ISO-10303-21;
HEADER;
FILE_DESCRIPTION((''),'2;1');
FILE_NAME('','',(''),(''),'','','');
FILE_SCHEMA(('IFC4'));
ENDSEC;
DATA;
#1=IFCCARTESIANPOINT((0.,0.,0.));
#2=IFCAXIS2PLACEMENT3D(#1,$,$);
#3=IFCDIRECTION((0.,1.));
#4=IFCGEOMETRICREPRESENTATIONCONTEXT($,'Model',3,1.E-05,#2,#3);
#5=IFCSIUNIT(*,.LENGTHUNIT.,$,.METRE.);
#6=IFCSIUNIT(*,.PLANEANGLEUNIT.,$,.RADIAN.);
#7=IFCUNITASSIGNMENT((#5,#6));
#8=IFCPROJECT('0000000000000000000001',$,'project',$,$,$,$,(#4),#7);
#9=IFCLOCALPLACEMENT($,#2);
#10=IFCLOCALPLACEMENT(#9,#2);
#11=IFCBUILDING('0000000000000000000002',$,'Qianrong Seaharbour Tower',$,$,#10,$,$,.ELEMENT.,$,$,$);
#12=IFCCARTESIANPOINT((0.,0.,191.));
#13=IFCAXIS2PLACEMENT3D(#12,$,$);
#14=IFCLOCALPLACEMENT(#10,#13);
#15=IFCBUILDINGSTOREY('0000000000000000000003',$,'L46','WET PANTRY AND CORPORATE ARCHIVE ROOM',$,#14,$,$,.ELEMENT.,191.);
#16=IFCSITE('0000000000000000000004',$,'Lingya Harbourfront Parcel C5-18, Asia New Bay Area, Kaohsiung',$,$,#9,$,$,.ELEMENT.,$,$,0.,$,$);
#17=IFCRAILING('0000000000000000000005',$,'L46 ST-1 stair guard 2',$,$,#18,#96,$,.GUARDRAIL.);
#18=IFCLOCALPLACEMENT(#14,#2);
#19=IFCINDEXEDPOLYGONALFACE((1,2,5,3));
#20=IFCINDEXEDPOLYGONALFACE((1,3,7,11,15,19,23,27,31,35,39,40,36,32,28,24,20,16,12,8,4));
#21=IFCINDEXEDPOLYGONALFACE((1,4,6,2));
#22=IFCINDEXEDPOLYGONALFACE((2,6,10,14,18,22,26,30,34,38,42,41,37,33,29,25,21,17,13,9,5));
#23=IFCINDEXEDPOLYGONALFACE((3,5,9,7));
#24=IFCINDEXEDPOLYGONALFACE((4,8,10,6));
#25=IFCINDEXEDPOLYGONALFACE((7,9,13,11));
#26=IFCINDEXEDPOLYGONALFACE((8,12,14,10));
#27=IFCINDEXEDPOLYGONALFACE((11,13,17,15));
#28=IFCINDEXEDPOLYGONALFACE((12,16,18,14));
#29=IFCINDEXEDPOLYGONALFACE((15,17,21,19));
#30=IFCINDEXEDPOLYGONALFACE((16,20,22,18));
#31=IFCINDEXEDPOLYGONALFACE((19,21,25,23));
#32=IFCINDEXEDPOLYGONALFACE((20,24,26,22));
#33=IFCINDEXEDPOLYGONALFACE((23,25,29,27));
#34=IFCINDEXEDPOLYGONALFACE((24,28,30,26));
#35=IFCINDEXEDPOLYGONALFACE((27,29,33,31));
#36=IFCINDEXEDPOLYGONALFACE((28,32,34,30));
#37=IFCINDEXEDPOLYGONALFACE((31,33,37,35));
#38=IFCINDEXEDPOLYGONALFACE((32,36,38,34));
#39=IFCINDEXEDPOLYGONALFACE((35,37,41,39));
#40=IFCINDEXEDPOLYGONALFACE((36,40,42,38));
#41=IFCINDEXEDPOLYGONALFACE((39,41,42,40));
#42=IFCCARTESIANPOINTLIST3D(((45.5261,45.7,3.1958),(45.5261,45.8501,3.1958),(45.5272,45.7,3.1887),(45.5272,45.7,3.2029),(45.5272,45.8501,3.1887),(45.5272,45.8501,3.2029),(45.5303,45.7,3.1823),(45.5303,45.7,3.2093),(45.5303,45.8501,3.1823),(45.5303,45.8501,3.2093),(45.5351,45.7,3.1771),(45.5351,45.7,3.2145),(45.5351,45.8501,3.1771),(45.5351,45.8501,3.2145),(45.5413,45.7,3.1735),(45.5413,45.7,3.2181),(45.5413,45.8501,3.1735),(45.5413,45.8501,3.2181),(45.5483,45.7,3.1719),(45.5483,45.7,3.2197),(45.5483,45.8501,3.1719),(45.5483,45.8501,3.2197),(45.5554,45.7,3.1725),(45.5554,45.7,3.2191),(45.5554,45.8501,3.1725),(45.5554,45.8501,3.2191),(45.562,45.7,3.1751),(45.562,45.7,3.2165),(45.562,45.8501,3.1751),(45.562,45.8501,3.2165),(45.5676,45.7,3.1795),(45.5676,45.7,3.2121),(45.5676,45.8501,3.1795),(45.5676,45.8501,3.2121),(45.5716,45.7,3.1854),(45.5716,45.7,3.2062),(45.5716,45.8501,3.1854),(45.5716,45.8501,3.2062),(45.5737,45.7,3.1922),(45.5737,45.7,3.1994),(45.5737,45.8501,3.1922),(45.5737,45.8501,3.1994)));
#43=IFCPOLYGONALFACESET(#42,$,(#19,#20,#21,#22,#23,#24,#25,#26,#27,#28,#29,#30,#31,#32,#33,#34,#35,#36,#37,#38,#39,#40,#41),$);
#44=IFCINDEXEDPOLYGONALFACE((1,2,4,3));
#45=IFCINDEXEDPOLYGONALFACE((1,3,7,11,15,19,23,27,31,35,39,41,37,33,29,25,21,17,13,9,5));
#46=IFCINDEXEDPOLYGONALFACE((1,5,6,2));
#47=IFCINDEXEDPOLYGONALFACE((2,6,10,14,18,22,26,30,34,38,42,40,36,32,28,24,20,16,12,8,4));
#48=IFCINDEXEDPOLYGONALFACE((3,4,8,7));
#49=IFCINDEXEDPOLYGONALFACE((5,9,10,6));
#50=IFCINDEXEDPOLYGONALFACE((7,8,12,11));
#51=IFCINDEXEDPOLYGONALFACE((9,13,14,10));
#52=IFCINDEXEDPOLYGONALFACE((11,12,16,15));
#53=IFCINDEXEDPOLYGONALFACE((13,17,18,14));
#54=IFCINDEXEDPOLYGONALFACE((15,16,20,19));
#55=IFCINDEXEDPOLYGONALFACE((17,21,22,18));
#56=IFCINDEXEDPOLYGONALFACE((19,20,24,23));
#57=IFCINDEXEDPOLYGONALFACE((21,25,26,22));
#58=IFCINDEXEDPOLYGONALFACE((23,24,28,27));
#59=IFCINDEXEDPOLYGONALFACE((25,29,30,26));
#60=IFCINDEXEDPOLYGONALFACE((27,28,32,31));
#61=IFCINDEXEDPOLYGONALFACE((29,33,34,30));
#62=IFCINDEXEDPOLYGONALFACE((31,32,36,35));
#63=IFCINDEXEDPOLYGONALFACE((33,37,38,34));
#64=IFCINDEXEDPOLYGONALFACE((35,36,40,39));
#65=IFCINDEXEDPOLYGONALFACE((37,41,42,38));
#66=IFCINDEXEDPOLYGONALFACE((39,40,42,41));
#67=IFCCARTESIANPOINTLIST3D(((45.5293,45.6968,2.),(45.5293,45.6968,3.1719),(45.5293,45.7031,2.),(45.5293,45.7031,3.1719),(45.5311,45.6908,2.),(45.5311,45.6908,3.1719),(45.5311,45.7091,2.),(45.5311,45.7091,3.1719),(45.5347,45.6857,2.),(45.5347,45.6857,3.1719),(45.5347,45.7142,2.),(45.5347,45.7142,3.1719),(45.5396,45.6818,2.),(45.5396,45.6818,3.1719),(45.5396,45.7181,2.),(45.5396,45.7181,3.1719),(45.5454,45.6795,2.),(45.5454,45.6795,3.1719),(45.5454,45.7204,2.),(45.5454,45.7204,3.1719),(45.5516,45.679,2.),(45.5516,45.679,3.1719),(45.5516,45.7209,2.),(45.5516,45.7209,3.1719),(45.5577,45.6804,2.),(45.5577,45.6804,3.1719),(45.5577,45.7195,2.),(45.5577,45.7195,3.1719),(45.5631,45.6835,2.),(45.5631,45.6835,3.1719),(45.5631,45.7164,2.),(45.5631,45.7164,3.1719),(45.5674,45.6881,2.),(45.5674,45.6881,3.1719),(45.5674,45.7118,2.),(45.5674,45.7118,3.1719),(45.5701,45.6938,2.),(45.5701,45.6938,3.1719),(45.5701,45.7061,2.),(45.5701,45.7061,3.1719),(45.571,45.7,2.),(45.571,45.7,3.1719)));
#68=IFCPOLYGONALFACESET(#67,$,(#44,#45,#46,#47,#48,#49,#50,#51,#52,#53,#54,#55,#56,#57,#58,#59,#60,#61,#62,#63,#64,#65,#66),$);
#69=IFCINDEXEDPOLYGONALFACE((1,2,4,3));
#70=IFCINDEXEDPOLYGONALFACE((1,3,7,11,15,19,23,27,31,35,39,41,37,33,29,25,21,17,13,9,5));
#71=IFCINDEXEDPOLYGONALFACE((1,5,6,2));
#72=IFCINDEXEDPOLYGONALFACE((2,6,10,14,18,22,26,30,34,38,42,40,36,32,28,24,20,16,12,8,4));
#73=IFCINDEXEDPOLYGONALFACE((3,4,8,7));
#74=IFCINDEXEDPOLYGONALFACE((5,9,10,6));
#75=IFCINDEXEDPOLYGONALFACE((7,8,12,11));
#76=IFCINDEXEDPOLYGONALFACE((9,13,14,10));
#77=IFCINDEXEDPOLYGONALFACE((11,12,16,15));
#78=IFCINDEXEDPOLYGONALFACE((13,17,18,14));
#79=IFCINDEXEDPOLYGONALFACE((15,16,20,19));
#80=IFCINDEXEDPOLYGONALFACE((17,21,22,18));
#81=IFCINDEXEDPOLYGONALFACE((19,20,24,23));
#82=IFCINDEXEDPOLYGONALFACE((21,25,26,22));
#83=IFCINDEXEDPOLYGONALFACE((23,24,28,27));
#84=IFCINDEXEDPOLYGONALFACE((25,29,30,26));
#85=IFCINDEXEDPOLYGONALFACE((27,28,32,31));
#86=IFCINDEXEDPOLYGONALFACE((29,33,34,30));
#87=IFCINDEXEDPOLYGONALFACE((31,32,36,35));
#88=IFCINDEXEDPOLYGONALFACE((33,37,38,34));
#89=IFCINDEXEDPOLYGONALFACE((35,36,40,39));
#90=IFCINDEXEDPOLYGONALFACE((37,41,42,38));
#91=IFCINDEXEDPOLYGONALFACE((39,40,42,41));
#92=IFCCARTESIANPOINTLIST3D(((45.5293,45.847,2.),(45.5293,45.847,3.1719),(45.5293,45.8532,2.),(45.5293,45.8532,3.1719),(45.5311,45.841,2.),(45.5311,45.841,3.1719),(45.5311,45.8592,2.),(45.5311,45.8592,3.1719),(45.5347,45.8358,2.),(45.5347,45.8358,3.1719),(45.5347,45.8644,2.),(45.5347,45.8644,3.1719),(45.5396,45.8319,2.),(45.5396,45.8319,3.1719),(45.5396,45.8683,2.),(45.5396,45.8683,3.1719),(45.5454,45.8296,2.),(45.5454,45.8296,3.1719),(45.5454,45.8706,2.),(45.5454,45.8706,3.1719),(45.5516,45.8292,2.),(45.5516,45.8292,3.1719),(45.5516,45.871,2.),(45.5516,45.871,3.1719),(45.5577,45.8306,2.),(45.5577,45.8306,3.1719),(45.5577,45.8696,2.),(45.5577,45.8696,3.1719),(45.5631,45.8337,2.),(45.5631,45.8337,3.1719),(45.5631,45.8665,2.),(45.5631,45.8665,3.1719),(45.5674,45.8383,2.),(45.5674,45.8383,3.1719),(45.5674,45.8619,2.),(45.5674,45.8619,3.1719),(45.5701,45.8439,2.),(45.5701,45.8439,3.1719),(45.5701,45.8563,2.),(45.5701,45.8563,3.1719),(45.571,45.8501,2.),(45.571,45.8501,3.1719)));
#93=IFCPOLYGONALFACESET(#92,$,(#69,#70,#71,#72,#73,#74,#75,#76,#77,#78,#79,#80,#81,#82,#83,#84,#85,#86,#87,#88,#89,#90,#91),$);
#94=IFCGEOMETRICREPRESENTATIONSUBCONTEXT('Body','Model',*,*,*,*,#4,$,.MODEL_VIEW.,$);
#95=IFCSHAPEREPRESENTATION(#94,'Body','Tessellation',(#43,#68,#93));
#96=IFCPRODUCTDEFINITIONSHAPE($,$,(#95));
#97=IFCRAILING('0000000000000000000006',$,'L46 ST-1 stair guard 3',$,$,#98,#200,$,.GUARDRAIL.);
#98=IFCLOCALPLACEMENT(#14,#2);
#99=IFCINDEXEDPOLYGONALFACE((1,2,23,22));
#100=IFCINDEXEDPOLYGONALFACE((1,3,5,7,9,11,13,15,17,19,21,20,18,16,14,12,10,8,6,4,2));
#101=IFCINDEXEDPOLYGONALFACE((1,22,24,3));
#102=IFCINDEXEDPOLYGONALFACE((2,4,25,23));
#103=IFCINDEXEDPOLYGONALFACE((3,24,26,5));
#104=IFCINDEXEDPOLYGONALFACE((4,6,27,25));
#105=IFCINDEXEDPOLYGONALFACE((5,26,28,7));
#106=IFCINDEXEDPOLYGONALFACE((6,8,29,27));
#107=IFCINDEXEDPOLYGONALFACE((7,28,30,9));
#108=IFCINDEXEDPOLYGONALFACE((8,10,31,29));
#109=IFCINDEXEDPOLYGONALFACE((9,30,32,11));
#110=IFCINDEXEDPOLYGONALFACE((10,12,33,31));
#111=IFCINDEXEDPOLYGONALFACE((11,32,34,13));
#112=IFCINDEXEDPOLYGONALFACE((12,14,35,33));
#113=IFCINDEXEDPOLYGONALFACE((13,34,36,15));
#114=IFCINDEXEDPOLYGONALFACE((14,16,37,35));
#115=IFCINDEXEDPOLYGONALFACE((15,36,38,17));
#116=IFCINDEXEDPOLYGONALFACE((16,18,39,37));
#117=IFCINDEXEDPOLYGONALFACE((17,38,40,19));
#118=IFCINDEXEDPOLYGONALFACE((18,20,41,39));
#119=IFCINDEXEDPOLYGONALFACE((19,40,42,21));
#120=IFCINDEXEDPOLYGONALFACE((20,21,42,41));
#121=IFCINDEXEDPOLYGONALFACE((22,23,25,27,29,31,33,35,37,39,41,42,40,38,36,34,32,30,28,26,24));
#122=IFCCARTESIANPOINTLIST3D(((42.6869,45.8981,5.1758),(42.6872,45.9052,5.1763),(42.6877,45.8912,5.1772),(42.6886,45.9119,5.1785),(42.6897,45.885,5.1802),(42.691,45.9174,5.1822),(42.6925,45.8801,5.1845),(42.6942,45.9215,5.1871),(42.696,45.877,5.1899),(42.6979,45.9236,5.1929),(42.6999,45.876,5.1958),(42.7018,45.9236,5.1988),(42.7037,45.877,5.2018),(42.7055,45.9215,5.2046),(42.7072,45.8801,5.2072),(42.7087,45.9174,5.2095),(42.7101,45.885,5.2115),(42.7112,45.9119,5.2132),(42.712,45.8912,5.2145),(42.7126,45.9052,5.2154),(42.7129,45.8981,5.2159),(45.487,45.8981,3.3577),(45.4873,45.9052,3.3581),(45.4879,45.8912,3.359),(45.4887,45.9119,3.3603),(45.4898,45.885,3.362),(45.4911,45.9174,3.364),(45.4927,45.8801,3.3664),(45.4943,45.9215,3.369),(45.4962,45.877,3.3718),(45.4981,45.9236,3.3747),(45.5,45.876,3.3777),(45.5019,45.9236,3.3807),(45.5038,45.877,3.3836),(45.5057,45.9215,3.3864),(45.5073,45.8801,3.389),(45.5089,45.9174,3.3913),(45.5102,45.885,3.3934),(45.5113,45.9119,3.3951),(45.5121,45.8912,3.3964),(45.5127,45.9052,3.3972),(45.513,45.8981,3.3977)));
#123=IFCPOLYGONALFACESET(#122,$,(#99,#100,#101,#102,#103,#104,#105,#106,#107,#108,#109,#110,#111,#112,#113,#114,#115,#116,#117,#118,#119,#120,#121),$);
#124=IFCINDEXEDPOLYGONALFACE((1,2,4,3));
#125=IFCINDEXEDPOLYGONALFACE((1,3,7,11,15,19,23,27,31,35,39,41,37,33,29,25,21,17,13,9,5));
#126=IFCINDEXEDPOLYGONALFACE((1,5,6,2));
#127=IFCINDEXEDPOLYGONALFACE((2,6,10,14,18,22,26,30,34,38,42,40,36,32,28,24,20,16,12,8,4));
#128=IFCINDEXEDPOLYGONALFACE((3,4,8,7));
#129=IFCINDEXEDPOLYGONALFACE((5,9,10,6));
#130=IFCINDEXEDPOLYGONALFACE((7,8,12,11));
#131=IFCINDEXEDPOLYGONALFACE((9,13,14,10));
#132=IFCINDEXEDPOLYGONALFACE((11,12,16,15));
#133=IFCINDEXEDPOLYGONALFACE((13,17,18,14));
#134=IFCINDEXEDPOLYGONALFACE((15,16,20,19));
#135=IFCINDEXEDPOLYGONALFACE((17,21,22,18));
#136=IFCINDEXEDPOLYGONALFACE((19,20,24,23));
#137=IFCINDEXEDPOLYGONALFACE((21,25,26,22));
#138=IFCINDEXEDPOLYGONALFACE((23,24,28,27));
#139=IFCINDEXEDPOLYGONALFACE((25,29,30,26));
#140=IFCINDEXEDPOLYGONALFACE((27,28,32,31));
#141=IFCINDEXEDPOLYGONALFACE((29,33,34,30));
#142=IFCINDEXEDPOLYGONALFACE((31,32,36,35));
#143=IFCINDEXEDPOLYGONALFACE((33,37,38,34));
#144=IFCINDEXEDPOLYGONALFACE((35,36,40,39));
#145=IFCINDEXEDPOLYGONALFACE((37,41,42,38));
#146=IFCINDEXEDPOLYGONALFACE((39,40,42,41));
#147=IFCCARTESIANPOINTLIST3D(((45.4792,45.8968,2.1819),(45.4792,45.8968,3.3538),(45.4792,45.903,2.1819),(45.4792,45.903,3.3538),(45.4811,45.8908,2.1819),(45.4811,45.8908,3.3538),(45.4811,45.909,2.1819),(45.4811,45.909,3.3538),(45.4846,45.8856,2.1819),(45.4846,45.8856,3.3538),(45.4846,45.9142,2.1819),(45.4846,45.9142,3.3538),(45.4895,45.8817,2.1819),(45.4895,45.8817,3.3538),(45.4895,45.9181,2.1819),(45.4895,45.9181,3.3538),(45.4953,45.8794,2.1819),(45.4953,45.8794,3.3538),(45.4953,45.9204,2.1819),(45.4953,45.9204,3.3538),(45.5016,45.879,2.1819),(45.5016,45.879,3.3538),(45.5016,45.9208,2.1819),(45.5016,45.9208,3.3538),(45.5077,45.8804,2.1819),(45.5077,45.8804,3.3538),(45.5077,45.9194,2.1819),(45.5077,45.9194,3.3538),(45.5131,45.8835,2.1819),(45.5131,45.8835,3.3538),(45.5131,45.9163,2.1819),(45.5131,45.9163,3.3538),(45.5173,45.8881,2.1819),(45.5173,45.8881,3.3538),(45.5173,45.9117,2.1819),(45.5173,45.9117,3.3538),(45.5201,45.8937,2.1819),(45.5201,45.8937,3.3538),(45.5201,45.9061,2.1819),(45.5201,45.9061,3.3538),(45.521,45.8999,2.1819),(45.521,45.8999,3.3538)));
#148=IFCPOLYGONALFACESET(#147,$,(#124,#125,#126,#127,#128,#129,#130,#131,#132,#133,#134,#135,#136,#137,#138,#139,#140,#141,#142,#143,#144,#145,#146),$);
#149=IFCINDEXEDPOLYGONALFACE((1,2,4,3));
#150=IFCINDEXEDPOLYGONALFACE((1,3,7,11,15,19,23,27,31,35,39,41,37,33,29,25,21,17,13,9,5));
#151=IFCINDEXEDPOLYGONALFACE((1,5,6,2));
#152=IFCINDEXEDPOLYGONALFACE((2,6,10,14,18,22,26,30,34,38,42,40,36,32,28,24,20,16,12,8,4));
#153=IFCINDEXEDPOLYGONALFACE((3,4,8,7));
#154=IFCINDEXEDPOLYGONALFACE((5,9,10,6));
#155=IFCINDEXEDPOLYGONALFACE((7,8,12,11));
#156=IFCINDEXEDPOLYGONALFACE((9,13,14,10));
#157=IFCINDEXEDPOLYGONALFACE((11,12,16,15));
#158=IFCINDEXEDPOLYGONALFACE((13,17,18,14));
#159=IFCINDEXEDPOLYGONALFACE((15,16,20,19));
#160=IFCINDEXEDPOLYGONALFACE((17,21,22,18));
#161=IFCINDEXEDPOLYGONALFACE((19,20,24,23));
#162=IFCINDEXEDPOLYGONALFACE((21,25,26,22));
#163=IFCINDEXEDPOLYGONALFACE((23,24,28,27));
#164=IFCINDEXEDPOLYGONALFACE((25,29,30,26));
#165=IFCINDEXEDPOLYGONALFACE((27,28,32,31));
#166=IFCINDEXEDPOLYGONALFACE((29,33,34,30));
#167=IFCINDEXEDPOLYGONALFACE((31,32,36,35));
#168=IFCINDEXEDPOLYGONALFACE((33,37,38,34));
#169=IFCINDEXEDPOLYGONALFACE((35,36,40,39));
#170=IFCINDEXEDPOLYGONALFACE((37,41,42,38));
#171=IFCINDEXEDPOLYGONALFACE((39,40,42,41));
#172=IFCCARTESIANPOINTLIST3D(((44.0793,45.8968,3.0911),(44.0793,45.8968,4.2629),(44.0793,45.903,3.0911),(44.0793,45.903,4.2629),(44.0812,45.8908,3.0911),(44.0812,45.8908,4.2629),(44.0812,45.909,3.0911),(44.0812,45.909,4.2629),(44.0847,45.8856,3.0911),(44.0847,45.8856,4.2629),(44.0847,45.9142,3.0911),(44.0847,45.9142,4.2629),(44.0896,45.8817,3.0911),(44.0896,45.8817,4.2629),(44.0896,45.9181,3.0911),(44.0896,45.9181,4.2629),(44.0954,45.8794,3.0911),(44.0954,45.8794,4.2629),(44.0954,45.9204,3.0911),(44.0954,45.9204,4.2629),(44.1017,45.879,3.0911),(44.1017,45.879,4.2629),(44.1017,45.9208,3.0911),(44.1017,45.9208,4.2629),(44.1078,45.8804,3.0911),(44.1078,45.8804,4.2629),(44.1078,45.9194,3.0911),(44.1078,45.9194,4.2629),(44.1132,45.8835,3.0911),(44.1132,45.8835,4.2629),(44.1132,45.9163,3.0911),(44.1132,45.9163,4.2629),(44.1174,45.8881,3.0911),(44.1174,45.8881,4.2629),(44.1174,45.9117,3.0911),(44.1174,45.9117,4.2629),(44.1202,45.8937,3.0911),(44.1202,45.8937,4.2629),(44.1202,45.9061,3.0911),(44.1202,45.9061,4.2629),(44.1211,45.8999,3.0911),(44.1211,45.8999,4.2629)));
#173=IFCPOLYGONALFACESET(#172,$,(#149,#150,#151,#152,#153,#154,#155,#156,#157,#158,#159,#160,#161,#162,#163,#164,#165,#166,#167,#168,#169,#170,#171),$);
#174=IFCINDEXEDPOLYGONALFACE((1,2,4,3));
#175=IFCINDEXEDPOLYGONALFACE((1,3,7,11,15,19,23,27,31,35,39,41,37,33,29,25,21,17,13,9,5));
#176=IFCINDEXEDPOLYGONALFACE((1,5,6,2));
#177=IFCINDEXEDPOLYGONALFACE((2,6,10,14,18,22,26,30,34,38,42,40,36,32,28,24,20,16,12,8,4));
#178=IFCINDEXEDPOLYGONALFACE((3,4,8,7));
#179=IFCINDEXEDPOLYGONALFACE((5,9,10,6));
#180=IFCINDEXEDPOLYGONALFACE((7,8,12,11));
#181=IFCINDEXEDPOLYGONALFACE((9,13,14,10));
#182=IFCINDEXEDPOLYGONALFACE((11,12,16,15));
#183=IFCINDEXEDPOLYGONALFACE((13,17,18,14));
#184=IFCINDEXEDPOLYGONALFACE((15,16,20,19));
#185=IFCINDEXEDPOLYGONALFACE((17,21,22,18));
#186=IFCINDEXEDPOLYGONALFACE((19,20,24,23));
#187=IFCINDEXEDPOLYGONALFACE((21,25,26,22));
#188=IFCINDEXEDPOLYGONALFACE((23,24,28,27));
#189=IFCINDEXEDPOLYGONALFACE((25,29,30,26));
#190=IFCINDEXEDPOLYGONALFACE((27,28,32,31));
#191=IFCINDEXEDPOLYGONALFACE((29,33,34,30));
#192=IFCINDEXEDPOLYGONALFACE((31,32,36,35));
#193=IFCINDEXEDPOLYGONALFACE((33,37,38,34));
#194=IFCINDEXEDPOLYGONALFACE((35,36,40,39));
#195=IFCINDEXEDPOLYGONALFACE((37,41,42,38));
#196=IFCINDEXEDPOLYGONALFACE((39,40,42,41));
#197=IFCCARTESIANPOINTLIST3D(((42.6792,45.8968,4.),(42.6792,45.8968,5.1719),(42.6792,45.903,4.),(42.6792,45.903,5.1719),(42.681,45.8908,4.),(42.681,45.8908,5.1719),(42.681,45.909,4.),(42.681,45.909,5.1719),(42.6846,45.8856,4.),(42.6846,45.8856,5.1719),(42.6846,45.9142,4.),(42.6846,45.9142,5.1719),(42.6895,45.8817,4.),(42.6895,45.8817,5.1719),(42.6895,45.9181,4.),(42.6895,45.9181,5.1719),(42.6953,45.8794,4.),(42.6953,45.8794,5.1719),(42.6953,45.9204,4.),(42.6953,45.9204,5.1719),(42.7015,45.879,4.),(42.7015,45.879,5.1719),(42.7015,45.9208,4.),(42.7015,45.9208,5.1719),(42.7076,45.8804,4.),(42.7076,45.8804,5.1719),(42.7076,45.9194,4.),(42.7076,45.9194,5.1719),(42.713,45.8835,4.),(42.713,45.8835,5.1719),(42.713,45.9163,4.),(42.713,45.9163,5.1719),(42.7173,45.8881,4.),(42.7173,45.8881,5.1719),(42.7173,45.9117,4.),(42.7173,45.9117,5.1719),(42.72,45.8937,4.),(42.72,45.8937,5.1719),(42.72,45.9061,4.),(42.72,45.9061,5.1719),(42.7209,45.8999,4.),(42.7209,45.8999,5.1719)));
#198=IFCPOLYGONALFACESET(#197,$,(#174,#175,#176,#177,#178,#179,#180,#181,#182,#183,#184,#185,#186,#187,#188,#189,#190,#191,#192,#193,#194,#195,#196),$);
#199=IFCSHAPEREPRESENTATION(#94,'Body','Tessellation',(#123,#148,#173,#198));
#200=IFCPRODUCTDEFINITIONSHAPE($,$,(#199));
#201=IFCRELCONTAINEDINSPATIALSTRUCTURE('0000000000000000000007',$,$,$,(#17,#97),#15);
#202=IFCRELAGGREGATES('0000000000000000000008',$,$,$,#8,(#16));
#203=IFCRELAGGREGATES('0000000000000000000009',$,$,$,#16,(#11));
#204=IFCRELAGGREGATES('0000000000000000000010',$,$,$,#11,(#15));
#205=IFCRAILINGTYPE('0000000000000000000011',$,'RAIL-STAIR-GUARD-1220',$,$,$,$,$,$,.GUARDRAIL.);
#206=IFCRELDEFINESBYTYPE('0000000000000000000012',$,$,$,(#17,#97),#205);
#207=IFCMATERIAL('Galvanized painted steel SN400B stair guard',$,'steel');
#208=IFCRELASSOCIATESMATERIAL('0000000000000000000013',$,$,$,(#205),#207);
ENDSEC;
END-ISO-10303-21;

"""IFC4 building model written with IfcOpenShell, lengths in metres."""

from ifc_helpers import new_model, si_unit, direction, frame, origin, origin_2d, place, context, subcontext, project, spatial, circle, extrude, material, type_object, element, save


model = new_model("IFC4")

# Units and contexts
model_context = context("Model", 3, precision=1e-05, world=origin(), true_north=direction((0.0, 1.0)))
body_context = subcontext(model_context, "Body", "Model", "MODEL_VIEW")
ifc_project = project(units=[si_unit("LENGTHUNIT", "METRE"), si_unit("PLANEANGLEUNIT", "RADIAN")], contexts=[model_context])

# Site, building, storey
site_placement = place(None, origin())
site = spatial("IfcSite", under=ifc_project, at=site_placement, Name="Lingya Harbourfront Parcel C5-18, Asia New Bay Area, Kaohsiung", CompositionType="ELEMENT", RefElevation=0.0)
building_placement = place(site_placement, origin())
building = spatial("IfcBuilding", under=site, at=building_placement, Name="Qianrong Seaharbour Tower", CompositionType="ELEMENT")
storey_placement = place(building_placement, frame((0.0, 0.0, 191.0)))
storey = spatial("IfcBuildingStorey", under=building, at=storey_placement, Name="L46", Description="WET PANTRY AND CORPORATE ARCHIVE ROOM", CompositionType="ELEMENT", Elevation=191.0)

# Railings
ifc_material_1 = material(Name="Galvanized painted steel SN400B stair guard", Category="steel")
railing_type_1 = type_object("IfcRailingType", Name="RAIL-STAIR-GUARD-1220", PredefinedType="GUARDRAIL", material=ifc_material_1)
railing_1_placement = place(storey_placement, frame((45.55, 45.7, 2.0)))
element("IfcRailing", 1, at=railing_1_placement, inside=storey, type_object=railing_type_1, Name="L46 ST-1 stair guard 2", PredefinedType="GUARDRAIL", context=body_context, shape_type="SweptSolid", body=[
    extrude(circle(Radius=0.0239, at=origin_2d()), frame((0.0, 0.0, 1.1958), z_axis=(0.0, 1.0, 0.0), x_axis=(-1.0, 0.0, 0.0)), (0.0, 0.0, 1.0), 0.1501),
    extrude(circle(Radius=0.021, at=origin_2d()), origin(), (0.0, 0.0, 1.0), 1.1719),
    extrude(circle(Radius=0.021, at=origin_2d()), frame((0.0, 0.1501, 0.0)), (0.0, 0.0, 1.0), 1.1719),
])
railing_2_placement = place(storey_placement, frame((45.5, 45.8999, 2.1819)))
element("IfcRailing", 2, at=railing_2_placement, inside=storey, type_object=railing_type_1, Name="L46 ST-1 stair guard 3", PredefinedType="GUARDRAIL", context=body_context, shape_type="SweptSolid", body=[
    extrude(circle(Radius=0.0239, at=origin_2d()), frame((0.0, 0.0, 1.1958), z_axis=(-0.838706, 0.0, 0.544585), x_axis=(0.0, -1.0, 0.0)), (0.0, 0.0, 1.0), 3.3386),
    extrude(circle(Radius=0.021, at=origin_2d()), origin(), (0.0, 0.0, 1.0), 1.1719),
    extrude(circle(Radius=0.021, at=origin_2d()), frame((-1.3999, 0.0, 0.9092)), (0.0, 0.0, 1.0), 1.1719),
    extrude(circle(Radius=0.021, at=origin_2d()), frame((-2.8, 0.0, 1.8181)), (0.0, 0.0, 1.0), 1.1719),
])

save(model, "model.ifc")
